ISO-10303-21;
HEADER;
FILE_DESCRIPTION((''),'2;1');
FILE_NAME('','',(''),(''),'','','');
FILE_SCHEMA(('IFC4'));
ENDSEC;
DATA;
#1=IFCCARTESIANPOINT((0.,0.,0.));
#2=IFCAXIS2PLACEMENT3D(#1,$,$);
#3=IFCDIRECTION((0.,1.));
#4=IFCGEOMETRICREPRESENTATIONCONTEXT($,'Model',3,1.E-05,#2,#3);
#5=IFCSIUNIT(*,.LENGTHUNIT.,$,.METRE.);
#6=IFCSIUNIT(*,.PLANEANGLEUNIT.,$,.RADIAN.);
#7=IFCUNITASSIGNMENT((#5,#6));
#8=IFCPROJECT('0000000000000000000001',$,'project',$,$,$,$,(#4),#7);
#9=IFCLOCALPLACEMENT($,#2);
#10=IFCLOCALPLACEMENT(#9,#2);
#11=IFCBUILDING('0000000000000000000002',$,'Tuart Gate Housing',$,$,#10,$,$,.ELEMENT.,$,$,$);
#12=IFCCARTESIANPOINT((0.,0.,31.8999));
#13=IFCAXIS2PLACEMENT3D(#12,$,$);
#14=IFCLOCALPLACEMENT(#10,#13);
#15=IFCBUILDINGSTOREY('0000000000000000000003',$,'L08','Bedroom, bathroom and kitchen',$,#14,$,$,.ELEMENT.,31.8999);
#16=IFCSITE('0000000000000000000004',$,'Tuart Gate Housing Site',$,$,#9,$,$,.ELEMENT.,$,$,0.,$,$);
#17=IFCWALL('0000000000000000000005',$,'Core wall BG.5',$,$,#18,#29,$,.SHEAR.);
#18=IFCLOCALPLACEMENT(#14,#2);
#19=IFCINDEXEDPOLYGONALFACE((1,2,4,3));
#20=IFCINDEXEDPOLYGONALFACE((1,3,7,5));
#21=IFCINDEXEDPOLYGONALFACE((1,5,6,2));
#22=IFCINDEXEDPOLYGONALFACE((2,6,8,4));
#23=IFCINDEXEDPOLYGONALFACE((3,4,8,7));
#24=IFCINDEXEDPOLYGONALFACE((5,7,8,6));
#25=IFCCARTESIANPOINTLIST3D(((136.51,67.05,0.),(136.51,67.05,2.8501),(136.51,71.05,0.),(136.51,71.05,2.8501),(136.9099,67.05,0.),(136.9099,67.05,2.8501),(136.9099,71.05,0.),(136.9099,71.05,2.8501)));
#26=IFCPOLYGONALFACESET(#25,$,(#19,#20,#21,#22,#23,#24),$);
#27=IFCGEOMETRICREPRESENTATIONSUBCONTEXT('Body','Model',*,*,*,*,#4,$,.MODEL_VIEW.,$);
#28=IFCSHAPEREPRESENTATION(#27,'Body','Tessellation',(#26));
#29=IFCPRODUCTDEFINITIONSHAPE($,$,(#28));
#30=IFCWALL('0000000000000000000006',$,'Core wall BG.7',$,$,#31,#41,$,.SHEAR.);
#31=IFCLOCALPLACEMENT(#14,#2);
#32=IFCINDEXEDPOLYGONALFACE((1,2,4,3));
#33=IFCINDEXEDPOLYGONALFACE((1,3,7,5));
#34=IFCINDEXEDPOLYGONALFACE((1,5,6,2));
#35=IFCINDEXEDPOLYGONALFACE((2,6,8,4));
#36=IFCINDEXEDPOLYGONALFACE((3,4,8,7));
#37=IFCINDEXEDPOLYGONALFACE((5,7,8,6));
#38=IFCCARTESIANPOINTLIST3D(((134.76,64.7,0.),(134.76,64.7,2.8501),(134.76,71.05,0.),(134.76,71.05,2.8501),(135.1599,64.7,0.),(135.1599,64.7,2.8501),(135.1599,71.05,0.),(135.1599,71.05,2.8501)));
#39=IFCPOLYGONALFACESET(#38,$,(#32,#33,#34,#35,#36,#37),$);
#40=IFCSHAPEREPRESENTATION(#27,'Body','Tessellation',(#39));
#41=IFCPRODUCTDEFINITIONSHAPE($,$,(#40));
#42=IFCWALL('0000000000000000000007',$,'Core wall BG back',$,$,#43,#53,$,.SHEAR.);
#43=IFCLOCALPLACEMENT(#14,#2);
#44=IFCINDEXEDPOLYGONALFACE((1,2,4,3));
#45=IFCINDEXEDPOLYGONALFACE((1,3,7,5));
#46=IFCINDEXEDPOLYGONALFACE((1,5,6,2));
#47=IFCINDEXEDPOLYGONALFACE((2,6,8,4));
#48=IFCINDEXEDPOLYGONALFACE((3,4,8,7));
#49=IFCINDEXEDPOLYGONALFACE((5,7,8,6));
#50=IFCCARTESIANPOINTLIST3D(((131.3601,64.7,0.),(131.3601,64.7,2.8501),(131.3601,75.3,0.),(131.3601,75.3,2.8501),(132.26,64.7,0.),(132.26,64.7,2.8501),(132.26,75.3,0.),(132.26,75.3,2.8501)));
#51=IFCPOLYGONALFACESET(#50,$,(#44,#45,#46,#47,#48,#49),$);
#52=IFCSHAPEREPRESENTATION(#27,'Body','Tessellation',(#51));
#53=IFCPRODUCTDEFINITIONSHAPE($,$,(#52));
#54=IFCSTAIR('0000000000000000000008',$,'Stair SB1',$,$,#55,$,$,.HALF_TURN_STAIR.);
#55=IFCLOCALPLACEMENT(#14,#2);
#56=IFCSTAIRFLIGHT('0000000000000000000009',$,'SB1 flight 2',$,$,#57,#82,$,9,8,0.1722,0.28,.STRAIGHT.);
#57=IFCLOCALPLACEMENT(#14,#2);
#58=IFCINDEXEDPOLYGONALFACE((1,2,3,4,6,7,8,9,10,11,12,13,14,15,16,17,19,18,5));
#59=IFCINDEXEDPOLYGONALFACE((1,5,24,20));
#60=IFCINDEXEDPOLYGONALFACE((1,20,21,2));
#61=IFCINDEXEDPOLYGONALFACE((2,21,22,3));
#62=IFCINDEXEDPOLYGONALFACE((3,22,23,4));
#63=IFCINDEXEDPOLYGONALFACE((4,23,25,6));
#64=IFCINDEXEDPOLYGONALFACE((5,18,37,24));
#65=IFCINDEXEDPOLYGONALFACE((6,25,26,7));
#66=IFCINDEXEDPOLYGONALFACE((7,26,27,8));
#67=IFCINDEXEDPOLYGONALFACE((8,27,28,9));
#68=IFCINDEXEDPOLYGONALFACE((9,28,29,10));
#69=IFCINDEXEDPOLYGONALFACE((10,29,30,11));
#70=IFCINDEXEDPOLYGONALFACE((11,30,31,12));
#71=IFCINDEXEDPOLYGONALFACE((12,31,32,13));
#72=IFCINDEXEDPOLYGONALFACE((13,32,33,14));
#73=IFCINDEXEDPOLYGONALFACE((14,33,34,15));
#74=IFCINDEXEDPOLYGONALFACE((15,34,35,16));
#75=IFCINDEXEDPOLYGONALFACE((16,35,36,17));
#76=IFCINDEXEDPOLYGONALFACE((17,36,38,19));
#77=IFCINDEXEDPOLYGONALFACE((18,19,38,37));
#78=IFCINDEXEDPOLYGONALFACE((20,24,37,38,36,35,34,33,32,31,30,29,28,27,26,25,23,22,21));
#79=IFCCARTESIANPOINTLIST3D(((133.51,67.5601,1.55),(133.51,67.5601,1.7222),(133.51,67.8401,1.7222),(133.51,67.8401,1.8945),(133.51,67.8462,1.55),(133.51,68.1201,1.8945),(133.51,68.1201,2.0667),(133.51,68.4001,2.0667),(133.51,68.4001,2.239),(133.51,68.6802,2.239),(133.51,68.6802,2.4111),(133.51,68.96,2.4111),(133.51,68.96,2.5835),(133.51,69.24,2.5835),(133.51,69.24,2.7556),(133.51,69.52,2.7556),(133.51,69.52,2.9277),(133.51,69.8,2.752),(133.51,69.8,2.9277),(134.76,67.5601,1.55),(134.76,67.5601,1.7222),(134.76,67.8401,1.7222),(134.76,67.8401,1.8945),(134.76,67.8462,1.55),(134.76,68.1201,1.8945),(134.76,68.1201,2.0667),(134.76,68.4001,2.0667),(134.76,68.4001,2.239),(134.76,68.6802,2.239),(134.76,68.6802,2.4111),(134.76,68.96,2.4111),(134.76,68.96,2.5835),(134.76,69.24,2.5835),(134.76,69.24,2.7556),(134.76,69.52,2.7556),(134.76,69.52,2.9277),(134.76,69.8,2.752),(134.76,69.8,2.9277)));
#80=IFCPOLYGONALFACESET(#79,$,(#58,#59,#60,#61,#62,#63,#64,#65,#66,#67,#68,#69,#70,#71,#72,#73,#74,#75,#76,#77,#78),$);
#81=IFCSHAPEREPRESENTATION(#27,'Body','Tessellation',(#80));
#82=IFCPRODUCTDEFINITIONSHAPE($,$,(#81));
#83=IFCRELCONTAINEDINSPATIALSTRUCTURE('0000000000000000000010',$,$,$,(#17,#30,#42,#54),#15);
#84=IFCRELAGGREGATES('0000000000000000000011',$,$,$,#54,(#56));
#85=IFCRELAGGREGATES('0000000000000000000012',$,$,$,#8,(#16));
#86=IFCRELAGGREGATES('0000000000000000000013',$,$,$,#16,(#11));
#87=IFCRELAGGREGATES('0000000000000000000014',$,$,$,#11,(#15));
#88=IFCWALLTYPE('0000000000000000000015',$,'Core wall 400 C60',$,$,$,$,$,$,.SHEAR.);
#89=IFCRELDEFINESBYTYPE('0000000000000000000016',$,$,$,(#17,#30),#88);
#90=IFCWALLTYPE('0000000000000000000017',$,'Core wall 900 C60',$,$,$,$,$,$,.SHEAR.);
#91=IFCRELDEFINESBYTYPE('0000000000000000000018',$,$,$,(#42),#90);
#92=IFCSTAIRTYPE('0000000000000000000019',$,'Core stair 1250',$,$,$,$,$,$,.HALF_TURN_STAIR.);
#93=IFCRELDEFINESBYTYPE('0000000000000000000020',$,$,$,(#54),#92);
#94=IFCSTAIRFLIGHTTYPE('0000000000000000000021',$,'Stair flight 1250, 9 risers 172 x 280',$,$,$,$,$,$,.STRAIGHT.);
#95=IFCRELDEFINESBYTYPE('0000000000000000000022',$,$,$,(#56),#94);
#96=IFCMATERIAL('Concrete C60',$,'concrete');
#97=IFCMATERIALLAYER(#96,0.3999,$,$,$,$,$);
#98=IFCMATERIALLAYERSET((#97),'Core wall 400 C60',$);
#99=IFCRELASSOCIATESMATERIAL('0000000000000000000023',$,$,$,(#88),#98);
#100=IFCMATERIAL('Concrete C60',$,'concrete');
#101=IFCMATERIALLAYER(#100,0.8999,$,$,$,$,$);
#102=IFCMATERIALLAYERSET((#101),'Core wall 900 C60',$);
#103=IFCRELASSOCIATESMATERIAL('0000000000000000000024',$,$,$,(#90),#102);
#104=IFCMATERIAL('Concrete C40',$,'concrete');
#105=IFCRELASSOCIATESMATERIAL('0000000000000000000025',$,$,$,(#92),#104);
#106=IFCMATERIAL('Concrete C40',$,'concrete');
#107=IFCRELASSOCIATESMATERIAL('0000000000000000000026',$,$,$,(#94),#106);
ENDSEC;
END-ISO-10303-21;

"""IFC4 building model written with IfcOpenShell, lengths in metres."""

from ifc_helpers import new_model, si_unit, direction, frame, frame_2d, origin, place, context, subcontext, project, spatial, polyline, rectangle, outline, extrude, material, layer, layer_set, type_object, element, aggregate, save


model = new_model("IFC4")

# Units and contexts
model_context = context("Model", 3, precision=1e-05, world=origin(), true_north=direction((0.0, 1.0)))
body_context = subcontext(model_context, "Body", "Model", "MODEL_VIEW")
ifc_project = project(units=[si_unit("LENGTHUNIT", "METRE"), si_unit("PLANEANGLEUNIT", "RADIAN")], contexts=[model_context])

# Site, building, storey
site_placement = place(None, origin())
site = spatial("IfcSite", under=ifc_project, at=site_placement, Name="Tuart Gate Housing Site", CompositionType="ELEMENT", RefElevation=0.0)
building_placement = place(site_placement, origin())
building = spatial("IfcBuilding", under=site, at=building_placement, Name="Tuart Gate Housing", CompositionType="ELEMENT")
storey_placement = place(building_placement, frame((0.0, 0.0, 31.8999)))
storey = spatial("IfcBuildingStorey", under=building, at=storey_placement, Name="L08", Description="Bedroom, bathroom and kitchen", CompositionType="ELEMENT", Elevation=31.8999)

# Walls
ifc_material_1 = material(Name="Concrete C60", Category="concrete")
ifc_layer_1 = layer(ifc_material_1, 0.3999)
ifc_layer_set_1 = layer_set([ifc_layer_1], Name="Core wall 400 C60")
wall_type_1 = type_object("IfcWallType", Name="Core wall 400 C60", PredefinedType="SHEAR", material=ifc_layer_set_1)
wall_1_placement = place(storey_placement, frame((136.71, 67.05, 0.0), z_axis=(0.0, 0.0, 1.0), x_axis=(0.0, 1.0, 0.0)))
element("IfcWall", 1, at=wall_1_placement, inside=storey, type_object=wall_type_1, Name="Core wall BG.5", PredefinedType="SHEAR", context=body_context, shape_type="SweptSolid", body=[
    extrude(rectangle(XDim=4.0, YDim=0.3999, at=frame_2d((2.0, 0.0))), origin(), (0.0, 0.0, 1.0), 2.8501),
])
wall_2_placement = place(storey_placement, frame((134.96, 64.7, 0.0), z_axis=(0.0, 0.0, 1.0), x_axis=(0.0, 1.0, 0.0)))
element("IfcWall", 2, at=wall_2_placement, inside=storey, type_object=wall_type_1, Name="Core wall BG.7", PredefinedType="SHEAR", context=body_context, shape_type="SweptSolid", body=[
    extrude(rectangle(XDim=6.3501, YDim=0.3999, at=frame_2d((3.175, 0.0))), origin(), (0.0, 0.0, 1.0), 2.8501),
])
ifc_material_2 = material(Name="Concrete C60", Category="concrete")
ifc_layer_2 = layer(ifc_material_2, 0.8999)
ifc_layer_set_2 = layer_set([ifc_layer_2], Name="Core wall 900 C60")
wall_type_2 = type_object("IfcWallType", Name="Core wall 900 C60", PredefinedType="SHEAR", material=ifc_layer_set_2)
wall_3_placement = place(storey_placement, frame((131.8101, 64.7, 0.0), z_axis=(0.0, 0.0, 1.0), x_axis=(0.0, 1.0, 0.0)))
element("IfcWall", 3, at=wall_3_placement, inside=storey, type_object=wall_type_2, Name="Core wall BG back", PredefinedType="SHEAR", context=body_context, shape_type="SweptSolid", body=[
    extrude(rectangle(XDim=10.6001, YDim=0.8999, at=frame_2d((5.3, 0.0))), origin(), (0.0, 0.0, 1.0), 2.8501),
])

# Stair, stair flight
ifc_material_3 = material(Name="Concrete C40", Category="concrete")
stair_type = type_object("IfcStairType", Name="Core stair 1250", PredefinedType="HALF_TURN_STAIR", material=ifc_material_3)
stair_placement = place(storey_placement, origin())
stair = element("IfcStair", 4, at=stair_placement, inside=storey, type_object=stair_type, Name="Stair SB1", PredefinedType="HALF_TURN_STAIR")
ifc_material_4 = material(Name="Concrete C40", Category="concrete")
stair_flight_type = type_object("IfcStairFlightType", Name="Stair flight 1250, 9 risers 172 x 280", PredefinedType="STRAIGHT", material=ifc_material_4)
stair_flight_placement = place(storey_placement, frame((134.135, 67.5601, 1.55), z_axis=(0.0, 0.0, 1.0), x_axis=(0.0, 1.0, 0.0)))
stair_flight = element("IfcStairFlight", 5, at=stair_flight_placement, type_object=stair_flight_type, Name="SB1 flight 2", NumberOfRisers=9, NumberOfTreads=8, PredefinedType="STRAIGHT", RiserHeight=0.1722, TreadLength=0.28, context=body_context, shape_type="SweptSolid", body=[
    extrude(outline(polyline([(0.0, 0.0), (0.0, 0.1721), (0.28, 0.1721), (0.28, 0.3445), (0.5601, 0.3445), (0.5601, 0.5166), (0.8401, 0.5166), (0.8401, 0.689), (1.1201, 0.689), (1.1201, 0.8611), (1.3999, 0.8611), (1.3999, 1.0334), (1.6799, 1.0334), (1.6799, 1.2056), (1.96, 1.2056), (1.96, 1.3777), (2.24, 1.3777), (2.24, 1.55), (2.24, 1.2019), (0.2861, 0.0), (0.0, 0.0)])), frame((0.0, 0.625, 0.0), z_axis=(0.0, -1.0, 0.0), x_axis=(1.0, 0.0, 0.0)), (0.0, 0.0, 1.0), 1.25),
])
aggregate(stair, [stair_flight])

save(model, "model.ifc")
